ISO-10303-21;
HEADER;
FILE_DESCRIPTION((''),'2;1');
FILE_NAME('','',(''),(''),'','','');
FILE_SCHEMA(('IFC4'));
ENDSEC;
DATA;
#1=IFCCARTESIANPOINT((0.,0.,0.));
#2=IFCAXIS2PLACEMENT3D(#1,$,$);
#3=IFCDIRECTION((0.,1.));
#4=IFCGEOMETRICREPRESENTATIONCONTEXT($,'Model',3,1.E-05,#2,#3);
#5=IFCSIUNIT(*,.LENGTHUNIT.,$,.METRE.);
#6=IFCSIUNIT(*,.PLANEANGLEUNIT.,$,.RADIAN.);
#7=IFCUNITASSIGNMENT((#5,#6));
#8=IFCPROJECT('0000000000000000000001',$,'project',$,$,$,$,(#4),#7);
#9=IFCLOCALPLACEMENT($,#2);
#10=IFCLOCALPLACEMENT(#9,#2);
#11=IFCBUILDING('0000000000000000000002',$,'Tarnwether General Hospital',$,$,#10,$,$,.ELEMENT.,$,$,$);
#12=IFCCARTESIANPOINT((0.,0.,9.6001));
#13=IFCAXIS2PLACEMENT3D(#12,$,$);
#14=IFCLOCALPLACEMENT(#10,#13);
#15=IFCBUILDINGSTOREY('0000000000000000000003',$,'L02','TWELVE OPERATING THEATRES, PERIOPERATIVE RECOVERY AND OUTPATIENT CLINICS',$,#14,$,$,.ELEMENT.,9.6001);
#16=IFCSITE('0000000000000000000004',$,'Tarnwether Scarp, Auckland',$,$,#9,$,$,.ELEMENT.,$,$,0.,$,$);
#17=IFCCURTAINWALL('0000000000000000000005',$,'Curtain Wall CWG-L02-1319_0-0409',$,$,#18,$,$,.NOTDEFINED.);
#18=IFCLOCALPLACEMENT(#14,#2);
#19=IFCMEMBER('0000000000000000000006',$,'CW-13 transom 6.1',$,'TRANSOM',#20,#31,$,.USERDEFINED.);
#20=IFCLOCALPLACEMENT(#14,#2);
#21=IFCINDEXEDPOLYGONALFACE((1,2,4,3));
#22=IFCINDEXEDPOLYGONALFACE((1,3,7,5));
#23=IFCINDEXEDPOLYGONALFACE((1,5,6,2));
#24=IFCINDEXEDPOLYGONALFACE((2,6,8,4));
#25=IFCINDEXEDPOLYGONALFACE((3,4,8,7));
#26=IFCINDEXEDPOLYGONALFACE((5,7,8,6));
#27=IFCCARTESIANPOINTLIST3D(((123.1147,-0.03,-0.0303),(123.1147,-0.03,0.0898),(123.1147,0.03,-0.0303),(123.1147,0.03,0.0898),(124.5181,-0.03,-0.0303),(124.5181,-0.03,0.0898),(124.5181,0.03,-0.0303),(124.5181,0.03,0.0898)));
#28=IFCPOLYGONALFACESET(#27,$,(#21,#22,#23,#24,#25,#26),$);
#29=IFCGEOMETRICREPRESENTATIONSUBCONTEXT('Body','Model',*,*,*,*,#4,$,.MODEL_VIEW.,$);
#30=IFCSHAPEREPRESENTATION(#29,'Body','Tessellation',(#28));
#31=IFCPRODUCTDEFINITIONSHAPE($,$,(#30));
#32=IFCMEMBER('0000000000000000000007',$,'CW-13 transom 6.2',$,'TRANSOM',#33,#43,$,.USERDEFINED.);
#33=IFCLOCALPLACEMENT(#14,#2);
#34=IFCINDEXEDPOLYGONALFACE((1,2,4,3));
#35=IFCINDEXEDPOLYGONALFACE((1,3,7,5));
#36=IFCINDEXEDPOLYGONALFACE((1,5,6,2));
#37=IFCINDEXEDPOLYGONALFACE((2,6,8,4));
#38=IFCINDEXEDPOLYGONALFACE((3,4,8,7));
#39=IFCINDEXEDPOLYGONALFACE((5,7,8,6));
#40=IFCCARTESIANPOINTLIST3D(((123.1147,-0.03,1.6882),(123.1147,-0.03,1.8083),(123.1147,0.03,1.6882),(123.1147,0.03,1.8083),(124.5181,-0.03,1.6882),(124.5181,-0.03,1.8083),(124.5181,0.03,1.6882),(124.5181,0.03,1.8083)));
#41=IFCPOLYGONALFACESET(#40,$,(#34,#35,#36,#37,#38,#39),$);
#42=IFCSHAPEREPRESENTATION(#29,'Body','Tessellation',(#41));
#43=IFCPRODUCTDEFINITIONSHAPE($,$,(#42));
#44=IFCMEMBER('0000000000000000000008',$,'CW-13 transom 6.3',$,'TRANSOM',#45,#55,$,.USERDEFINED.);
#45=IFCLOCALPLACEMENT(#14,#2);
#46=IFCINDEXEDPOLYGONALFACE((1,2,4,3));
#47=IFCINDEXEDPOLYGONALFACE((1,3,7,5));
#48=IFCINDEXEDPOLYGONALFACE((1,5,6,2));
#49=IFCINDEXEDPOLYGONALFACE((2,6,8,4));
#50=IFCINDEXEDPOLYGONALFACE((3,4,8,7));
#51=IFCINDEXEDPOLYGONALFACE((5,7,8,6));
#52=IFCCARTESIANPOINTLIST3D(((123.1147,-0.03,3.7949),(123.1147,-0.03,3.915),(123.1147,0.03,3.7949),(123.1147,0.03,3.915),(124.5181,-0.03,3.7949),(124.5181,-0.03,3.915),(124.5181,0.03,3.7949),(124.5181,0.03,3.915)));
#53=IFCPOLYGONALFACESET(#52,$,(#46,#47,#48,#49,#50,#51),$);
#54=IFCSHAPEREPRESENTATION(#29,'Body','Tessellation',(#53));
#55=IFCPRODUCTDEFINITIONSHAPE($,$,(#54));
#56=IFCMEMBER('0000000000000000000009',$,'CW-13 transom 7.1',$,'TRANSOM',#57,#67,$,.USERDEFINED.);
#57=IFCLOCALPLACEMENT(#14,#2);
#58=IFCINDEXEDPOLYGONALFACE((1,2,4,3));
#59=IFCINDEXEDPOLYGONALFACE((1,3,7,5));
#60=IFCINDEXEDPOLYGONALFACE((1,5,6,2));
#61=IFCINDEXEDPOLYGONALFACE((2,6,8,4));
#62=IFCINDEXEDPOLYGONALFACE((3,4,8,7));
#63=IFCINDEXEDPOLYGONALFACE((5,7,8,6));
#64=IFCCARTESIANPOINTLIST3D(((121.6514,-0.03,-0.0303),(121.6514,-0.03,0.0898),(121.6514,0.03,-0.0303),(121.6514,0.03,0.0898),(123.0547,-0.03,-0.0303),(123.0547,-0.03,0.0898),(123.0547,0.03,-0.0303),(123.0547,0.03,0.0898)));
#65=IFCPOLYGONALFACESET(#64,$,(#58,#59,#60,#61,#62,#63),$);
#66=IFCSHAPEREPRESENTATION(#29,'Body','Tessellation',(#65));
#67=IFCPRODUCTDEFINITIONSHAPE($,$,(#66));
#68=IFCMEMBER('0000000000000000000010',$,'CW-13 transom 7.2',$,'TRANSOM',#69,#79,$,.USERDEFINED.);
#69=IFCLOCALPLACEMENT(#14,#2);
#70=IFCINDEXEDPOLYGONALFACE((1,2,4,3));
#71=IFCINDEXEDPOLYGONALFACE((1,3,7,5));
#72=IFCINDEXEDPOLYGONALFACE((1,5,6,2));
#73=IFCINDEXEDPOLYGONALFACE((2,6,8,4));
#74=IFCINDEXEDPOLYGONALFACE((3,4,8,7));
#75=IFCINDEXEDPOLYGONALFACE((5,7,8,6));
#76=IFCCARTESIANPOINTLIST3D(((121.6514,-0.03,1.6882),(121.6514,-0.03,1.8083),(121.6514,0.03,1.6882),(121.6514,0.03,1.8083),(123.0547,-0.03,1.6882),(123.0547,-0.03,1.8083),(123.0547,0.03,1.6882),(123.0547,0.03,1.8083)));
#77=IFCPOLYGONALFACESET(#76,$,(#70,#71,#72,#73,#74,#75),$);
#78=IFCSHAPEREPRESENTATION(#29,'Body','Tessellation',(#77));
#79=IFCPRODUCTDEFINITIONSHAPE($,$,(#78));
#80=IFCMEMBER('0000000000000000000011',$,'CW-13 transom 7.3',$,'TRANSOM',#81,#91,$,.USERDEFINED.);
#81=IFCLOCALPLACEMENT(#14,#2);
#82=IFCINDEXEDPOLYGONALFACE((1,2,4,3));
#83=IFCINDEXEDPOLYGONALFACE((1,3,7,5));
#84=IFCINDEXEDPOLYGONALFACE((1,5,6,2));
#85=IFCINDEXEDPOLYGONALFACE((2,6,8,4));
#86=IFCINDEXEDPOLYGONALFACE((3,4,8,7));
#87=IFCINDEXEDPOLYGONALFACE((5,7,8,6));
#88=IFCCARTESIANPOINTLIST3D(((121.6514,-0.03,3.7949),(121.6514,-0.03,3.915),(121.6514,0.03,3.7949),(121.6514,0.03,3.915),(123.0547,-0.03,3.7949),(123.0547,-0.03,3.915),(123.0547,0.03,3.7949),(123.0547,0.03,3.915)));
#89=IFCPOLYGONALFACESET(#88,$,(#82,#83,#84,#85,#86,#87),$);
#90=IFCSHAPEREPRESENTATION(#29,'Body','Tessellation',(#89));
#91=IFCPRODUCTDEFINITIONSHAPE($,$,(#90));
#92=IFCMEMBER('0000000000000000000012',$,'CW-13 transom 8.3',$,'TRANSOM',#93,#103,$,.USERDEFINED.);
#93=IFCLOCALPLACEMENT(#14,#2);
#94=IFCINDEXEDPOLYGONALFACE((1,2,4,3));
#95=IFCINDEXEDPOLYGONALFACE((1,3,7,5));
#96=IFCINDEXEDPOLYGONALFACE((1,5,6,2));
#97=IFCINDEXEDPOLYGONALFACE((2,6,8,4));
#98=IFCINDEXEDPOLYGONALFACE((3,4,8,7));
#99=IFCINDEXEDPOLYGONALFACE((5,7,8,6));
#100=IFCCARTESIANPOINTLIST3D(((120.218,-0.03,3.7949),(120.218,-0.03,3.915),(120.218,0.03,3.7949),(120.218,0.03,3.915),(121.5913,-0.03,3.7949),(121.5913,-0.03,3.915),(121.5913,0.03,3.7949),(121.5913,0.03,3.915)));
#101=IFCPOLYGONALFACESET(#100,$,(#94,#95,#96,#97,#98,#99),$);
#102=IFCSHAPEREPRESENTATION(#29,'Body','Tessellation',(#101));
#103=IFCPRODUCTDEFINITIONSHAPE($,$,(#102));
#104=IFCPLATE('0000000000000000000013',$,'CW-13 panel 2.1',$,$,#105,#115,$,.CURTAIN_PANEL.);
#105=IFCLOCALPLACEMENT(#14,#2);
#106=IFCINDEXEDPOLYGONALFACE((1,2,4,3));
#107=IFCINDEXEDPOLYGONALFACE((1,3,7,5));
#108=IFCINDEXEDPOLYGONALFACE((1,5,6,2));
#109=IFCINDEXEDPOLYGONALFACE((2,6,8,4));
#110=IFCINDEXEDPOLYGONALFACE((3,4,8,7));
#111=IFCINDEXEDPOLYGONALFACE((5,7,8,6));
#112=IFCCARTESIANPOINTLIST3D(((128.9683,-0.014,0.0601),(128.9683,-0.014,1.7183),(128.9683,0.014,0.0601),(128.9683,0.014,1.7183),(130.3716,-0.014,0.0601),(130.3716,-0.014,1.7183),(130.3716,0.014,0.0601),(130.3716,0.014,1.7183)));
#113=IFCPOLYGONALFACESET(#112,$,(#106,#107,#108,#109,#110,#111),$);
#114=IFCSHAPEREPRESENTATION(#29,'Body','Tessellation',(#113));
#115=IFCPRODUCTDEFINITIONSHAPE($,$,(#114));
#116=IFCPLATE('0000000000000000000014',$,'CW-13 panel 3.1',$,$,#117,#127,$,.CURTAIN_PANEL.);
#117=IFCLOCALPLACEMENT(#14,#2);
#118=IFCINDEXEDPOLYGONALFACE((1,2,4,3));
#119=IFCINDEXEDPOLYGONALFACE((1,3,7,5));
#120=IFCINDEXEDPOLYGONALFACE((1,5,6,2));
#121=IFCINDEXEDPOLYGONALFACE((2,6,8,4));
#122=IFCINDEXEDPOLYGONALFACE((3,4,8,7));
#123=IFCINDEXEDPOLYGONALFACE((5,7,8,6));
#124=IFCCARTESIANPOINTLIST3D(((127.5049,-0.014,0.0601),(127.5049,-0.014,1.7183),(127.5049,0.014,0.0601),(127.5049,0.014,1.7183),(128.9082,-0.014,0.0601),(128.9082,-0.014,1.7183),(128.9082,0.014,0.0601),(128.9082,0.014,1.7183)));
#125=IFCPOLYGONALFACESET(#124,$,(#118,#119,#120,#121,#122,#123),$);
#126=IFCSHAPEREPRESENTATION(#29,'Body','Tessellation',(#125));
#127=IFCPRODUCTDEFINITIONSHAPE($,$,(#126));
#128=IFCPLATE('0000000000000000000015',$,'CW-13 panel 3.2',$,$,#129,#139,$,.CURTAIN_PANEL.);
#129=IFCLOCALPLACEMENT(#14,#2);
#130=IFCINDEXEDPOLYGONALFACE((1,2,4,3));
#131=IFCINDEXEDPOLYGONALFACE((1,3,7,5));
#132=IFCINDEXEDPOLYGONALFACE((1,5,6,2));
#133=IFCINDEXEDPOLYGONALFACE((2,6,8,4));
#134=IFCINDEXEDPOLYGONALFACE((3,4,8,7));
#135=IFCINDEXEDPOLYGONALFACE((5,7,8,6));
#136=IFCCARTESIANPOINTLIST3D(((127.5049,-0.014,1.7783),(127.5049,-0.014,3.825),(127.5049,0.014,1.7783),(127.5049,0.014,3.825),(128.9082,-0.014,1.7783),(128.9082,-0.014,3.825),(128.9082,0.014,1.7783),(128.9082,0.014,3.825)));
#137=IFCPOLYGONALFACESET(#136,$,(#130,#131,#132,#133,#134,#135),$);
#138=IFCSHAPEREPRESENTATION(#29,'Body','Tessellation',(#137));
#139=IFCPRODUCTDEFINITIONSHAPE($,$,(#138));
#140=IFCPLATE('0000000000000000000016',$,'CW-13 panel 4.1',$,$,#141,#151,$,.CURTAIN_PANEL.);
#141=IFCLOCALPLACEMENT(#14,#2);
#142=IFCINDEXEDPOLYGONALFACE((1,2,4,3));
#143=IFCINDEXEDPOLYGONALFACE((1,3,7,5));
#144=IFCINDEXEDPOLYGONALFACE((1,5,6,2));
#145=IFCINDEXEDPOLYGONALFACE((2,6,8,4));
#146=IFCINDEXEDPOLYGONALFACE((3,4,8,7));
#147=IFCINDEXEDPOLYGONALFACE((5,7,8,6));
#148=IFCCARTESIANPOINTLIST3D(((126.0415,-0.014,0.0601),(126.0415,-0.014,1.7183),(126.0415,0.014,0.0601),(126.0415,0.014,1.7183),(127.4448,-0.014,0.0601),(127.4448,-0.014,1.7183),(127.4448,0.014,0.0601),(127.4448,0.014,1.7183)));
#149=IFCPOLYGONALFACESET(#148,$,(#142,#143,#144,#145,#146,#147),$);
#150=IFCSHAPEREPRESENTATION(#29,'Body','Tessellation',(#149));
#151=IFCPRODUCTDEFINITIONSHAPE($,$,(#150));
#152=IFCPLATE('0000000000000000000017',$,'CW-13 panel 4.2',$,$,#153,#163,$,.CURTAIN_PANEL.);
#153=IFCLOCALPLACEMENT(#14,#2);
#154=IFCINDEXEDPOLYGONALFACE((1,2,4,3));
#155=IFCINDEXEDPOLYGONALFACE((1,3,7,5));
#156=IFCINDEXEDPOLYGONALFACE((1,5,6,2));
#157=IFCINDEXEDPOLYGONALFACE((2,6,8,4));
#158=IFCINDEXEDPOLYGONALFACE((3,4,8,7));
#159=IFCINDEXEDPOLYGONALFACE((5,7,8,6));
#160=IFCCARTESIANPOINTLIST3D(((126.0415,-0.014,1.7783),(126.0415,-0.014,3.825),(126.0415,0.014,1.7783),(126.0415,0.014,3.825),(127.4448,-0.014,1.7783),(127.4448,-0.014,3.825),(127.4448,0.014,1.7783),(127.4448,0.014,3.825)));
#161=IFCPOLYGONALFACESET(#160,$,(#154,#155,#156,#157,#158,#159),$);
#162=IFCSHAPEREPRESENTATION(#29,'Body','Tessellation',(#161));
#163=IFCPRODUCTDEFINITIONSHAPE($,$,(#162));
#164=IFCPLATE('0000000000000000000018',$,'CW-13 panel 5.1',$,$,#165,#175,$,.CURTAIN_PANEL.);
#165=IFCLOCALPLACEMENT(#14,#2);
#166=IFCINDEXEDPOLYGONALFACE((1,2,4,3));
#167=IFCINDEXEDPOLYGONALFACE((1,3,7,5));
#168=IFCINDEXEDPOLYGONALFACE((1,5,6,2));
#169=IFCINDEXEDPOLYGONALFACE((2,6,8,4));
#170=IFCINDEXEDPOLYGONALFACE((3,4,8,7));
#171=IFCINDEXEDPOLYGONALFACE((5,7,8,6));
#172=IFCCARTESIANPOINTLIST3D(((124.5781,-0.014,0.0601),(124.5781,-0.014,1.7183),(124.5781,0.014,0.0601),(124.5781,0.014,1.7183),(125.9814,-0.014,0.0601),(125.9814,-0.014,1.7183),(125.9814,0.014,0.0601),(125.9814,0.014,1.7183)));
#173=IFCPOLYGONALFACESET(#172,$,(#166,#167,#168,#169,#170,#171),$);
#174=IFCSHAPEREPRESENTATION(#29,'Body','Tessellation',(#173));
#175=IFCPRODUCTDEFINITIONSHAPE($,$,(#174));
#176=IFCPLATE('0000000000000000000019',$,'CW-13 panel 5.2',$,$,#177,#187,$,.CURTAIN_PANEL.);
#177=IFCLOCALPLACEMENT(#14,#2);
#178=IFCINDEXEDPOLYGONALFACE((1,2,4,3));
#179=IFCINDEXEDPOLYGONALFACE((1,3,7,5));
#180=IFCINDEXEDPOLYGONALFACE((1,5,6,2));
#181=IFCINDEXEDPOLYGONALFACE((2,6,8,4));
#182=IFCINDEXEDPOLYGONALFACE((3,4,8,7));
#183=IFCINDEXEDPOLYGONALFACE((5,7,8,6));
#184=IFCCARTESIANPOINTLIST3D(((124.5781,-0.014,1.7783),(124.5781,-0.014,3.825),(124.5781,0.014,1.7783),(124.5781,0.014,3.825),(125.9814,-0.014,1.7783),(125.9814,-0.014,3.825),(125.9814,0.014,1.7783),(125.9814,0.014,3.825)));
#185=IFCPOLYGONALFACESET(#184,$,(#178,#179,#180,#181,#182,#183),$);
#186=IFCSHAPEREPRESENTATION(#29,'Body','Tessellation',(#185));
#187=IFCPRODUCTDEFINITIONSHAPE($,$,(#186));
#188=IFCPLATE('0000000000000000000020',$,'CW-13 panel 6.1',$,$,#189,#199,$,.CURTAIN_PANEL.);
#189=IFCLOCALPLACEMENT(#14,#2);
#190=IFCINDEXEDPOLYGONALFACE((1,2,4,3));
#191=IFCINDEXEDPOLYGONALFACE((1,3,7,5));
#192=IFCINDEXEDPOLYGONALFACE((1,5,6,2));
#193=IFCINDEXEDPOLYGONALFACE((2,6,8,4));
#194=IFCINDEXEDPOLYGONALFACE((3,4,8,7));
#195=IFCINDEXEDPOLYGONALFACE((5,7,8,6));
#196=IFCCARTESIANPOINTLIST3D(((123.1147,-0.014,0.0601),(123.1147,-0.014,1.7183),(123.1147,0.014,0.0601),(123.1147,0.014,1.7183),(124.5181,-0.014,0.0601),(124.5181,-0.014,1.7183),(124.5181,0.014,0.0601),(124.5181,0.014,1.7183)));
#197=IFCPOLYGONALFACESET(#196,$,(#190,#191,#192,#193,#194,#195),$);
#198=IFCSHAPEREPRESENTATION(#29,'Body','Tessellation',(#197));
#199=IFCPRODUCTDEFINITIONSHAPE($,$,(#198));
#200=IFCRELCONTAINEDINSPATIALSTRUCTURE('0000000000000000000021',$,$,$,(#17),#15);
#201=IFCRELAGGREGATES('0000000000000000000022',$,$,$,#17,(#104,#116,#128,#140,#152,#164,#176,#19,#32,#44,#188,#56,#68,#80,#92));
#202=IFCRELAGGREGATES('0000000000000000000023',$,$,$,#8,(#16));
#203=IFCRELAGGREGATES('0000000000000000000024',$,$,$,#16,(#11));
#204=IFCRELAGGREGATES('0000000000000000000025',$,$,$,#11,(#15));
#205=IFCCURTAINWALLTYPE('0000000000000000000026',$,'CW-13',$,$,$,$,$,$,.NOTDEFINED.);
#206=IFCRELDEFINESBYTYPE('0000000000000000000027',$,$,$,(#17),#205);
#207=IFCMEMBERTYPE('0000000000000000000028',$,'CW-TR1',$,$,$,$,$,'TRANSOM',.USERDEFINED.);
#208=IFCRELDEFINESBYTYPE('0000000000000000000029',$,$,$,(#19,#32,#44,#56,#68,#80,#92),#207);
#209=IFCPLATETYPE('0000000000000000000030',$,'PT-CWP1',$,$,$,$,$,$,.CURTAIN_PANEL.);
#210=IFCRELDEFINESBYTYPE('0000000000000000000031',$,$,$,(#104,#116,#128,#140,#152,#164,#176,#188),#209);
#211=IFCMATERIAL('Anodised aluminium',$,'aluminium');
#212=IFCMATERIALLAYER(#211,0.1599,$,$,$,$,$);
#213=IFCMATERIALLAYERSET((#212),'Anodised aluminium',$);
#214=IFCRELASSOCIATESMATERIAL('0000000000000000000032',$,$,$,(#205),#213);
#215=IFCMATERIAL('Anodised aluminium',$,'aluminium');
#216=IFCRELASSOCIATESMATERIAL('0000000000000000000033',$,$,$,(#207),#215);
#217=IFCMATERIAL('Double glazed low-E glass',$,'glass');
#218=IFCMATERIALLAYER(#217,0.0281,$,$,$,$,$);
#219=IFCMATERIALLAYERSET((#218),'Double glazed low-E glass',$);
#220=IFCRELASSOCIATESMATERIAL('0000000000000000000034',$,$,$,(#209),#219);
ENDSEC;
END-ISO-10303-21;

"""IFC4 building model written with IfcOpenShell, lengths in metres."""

from ifc_helpers import new_model, si_unit, direction, frame, origin, origin_2d, place, context, subcontext, project, spatial, rectangle, extrude, material, layer, layer_set, material_profile, profile_set, type_object, element, aggregate, save


model = new_model("IFC4")

# Units and contexts
model_context = context("Model", 3, precision=1e-05, world=origin(), true_north=direction((0.0, 1.0)))
body_context = subcontext(model_context, "Body", "Model", "MODEL_VIEW")
ifc_project = project(units=[si_unit("LENGTHUNIT", "METRE"), si_unit("PLANEANGLEUNIT", "RADIAN")], contexts=[model_context])

# Site, building, storey
site_placement = place(None, origin())
site = spatial("IfcSite", under=ifc_project, at=site_placement, Name="Tarnwether Scarp, Auckland", CompositionType="ELEMENT", RefElevation=0.0)
building_placement = place(site_placement, origin())
building = spatial("IfcBuilding", under=site, at=building_placement, Name="Tarnwether General Hospital", CompositionType="ELEMENT")
storey_placement = place(building_placement, frame((0.0, 0.0, 9.6001)))
storey = spatial("IfcBuildingStorey", under=building, at=storey_placement, Name="L02", Description="TWELVE OPERATING THEATRES, PERIOPERATIVE RECOVERY AND OUTPATIENT CLINICS", CompositionType="ELEMENT", Elevation=9.6001)

# Curtain wall, members, plates
ifc_material_1 = material(Name="Anodised aluminium", Category="aluminium")
ifc_layer_1 = layer(ifc_material_1, 0.1599)
ifc_layer_set_1 = layer_set([ifc_layer_1], Name="Anodised aluminium")
curtain_wall_type = type_object("IfcCurtainWallType", Name="CW-13", PredefinedType="NOTDEFINED", material=ifc_layer_set_1)
curtain_wall_placement = place(storey_placement, origin())
curtain_wall = element("IfcCurtainWall", 1, at=curtain_wall_placement, inside=storey, type_object=curtain_wall_type, Name="Curtain Wall CWG-L02-1319_0-0409", PredefinedType="NOTDEFINED")
ifc_material_2 = material(Name="Anodised aluminium", Category="aluminium")
ifc_material_profile_1 = material_profile(ifc_material_2, rectangle(XDim=0.0601, YDim=0.1201, at=origin_2d()), Name="ALU-TRN-60x120")
ifc_profile_set_1 = profile_set([ifc_material_profile_1], Name="Anodised aluminium")
member_type_1 = type_object("IfcMemberType", Name="CW-TR1", ElementType="TRANSOM", PredefinedType="USERDEFINED", material=ifc_profile_set_1)
member_1_placement = place(storey_placement, frame((124.5181, 0.0, 0.0298), z_axis=(-1.0, 0.0, 0.0), x_axis=(0.0, -1.0, 0.0)))
member_1 = element("IfcMember", 2, at=member_1_placement, type_object=member_type_1, Name="CW-13 transom 6.1", ObjectType="TRANSOM", PredefinedType="USERDEFINED", context=body_context, shape_type="SweptSolid", body=[
    extrude(rectangle(XDim=0.0601, YDim=0.1201, at=origin_2d()), origin(), (0.0, 0.0, 1.0), 1.4033),
])
member_2_placement = place(storey_placement, frame((124.5181, 0.0, 1.7483), z_axis=(-1.0, 0.0, 0.0), x_axis=(0.0, -1.0, 0.0)))
member_2 = element("IfcMember", 3, at=member_2_placement, type_object=member_type_1, Name="CW-13 transom 6.2", ObjectType="TRANSOM", PredefinedType="USERDEFINED", context=body_context, shape_type="SweptSolid", body=[
    extrude(rectangle(XDim=0.0601, YDim=0.1201, at=origin_2d()), origin(), (0.0, 0.0, 1.0), 1.4033),
])
member_3_placement = place(storey_placement, frame((124.5181, 0.0, 3.855), z_axis=(-1.0, 0.0, 0.0), x_axis=(0.0, -1.0, 0.0)))
member_3 = element("IfcMember", 4, at=member_3_placement, type_object=member_type_1, Name="CW-13 transom 6.3", ObjectType="TRANSOM", PredefinedType="USERDEFINED", context=body_context, shape_type="SweptSolid", body=[
    extrude(rectangle(XDim=0.0601, YDim=0.1201, at=origin_2d()), origin(), (0.0, 0.0, 1.0), 1.4033),
])
member_4_placement = place(storey_placement, frame((123.0547, 0.0, 0.0298), z_axis=(-1.0, 0.0, 0.0), x_axis=(0.0, -1.0, 0.0)))
member_4 = element("IfcMember", 5, at=member_4_placement, type_object=member_type_1, Name="CW-13 transom 7.1", ObjectType="TRANSOM", PredefinedType="USERDEFINED", context=body_context, shape_type="SweptSolid", body=[
    extrude(rectangle(XDim=0.0601, YDim=0.1201, at=origin_2d()), origin(), (0.0, 0.0, 1.0), 1.4033),
])
member_5_placement = place(storey_placement, frame((123.0547, 0.0, 1.7483), z_axis=(-1.0, 0.0, 0.0), x_axis=(0.0, -1.0, 0.0)))
member_5 = element("IfcMember", 6, at=member_5_placement, type_object=member_type_1, Name="CW-13 transom 7.2", ObjectType="TRANSOM", PredefinedType="USERDEFINED", context=body_context, shape_type="SweptSolid", body=[
    extrude(rectangle(XDim=0.0601, YDim=0.1201, at=origin_2d()), origin(), (0.0, 0.0, 1.0), 1.4033),
])
member_6_placement = place(storey_placement, frame((123.0547, 0.0, 3.855), z_axis=(-1.0, 0.0, 0.0), x_axis=(0.0, -1.0, 0.0)))
member_6 = element("IfcMember", 7, at=member_6_placement, type_object=member_type_1, Name="CW-13 transom 7.3", ObjectType="TRANSOM", PredefinedType="USERDEFINED", context=body_context, shape_type="SweptSolid", body=[
    extrude(rectangle(XDim=0.0601, YDim=0.1201, at=origin_2d()), origin(), (0.0, 0.0, 1.0), 1.4033),
])
member_7_placement = place(storey_placement, frame((121.5913, 0.0, 3.855), z_axis=(-1.0, 0.0, 0.0), x_axis=(0.0, -1.0, 0.0)))
member_7 = element("IfcMember", 8, at=member_7_placement, type_object=member_type_1, Name="CW-13 transom 8.3", ObjectType="TRANSOM", PredefinedType="USERDEFINED", context=body_context, shape_type="SweptSolid", body=[
    extrude(rectangle(XDim=0.0601, YDim=0.1201, at=origin_2d()), origin(), (0.0, 0.0, 1.0), 1.3733),
])
ifc_material_3 = material(Name="Double glazed low-E glass", Category="glass")
ifc_layer_2 = layer(ifc_material_3, 0.0281)
ifc_layer_set_2 = layer_set([ifc_layer_2], Name="Double glazed low-E glass")
plate_type = type_object("IfcPlateType", Name="PT-CWP1", PredefinedType="CURTAIN_PANEL", material=ifc_layer_set_2)
plate_1_placement = place(storey_placement, frame((129.6699, 0.0, 0.0601), z_axis=(0.0, 0.0, 1.0), x_axis=(-1.0, 0.0, 0.0)))
plate_1 = element("IfcPlate", 9, at=plate_1_placement, type_object=plate_type, Name="CW-13 panel 2.1", PredefinedType="CURTAIN_PANEL", context=body_context, shape_type="SweptSolid", body=[
    extrude(rectangle(XDim=1.4033, YDim=0.0281, at=origin_2d()), origin(), (0.0, 0.0, 1.0), 1.6582),
])
plate_2_placement = place(storey_placement, frame((128.2065, 0.0, 0.0601), z_axis=(0.0, 0.0, 1.0), x_axis=(-1.0, 0.0, 0.0)))
plate_2 = element("IfcPlate", 10, at=plate_2_placement, type_object=plate_type, Name="CW-13 panel 3.1", PredefinedType="CURTAIN_PANEL", context=body_context, shape_type="SweptSolid", body=[
    extrude(rectangle(XDim=1.4033, YDim=0.0281, at=origin_2d()), origin(), (0.0, 0.0, 1.0), 1.6582),
])
plate_3_placement = place(storey_placement, frame((128.2065, 0.0, 1.7783), z_axis=(0.0, 0.0, 1.0), x_axis=(-1.0, 0.0, 0.0)))
plate_3 = element("IfcPlate", 11, at=plate_3_placement, type_object=plate_type, Name="CW-13 panel 3.2", PredefinedType="CURTAIN_PANEL", context=body_context, shape_type="SweptSolid", body=[
    extrude(rectangle(XDim=1.4033, YDim=0.0281, at=origin_2d()), origin(), (0.0, 0.0, 1.0), 2.0466),
])
plate_4_placement = place(storey_placement, frame((126.7432, 0.0, 0.0601), z_axis=(0.0, 0.0, 1.0), x_axis=(-1.0, 0.0, 0.0)))
plate_4 = element("IfcPlate", 12, at=plate_4_placement, type_object=plate_type, Name="CW-13 panel 4.1", PredefinedType="CURTAIN_PANEL", context=body_context, shape_type="SweptSolid", body=[
    extrude(rectangle(XDim=1.4033, YDim=0.0281, at=origin_2d()), origin(), (0.0, 0.0, 1.0), 1.6582),
])
plate_5_placement = place(storey_placement, frame((126.7432, 0.0, 1.7783), z_axis=(0.0, 0.0, 1.0), x_axis=(-1.0, 0.0, 0.0)))
plate_5 = element("IfcPlate", 13, at=plate_5_placement, type_object=plate_type, Name="CW-13 panel 4.2", PredefinedType="CURTAIN_PANEL", context=body_context, shape_type="SweptSolid", body=[
    extrude(rectangle(XDim=1.4033, YDim=0.0281, at=origin_2d()), origin(), (0.0, 0.0, 1.0), 2.0466),
])
plate_6_placement = place(storey_placement, frame((125.2798, 0.0, 0.0601), z_axis=(0.0, 0.0, 1.0), x_axis=(-1.0, 0.0, 0.0)))
plate_6 = element("IfcPlate", 14, at=plate_6_placement, type_object=plate_type, Name="CW-13 panel 5.1", PredefinedType="CURTAIN_PANEL", context=body_context, shape_type="SweptSolid", body=[
    extrude(rectangle(XDim=1.4033, YDim=0.0281, at=origin_2d()), origin(), (0.0, 0.0, 1.0), 1.6582),
])
plate_7_placement = place(storey_placement, frame((125.2798, 0.0, 1.7783), z_axis=(0.0, 0.0, 1.0), x_axis=(-1.0, 0.0, 0.0)))
plate_7 = element("IfcPlate", 15, at=plate_7_placement, type_object=plate_type, Name="CW-13 panel 5.2", PredefinedType="CURTAIN_PANEL", context=body_context, shape_type="SweptSolid", body=[
    extrude(rectangle(XDim=1.4033, YDim=0.0281, at=origin_2d()), origin(), (0.0, 0.0, 1.0), 2.0466),
])
plate_8_placement = place(storey_placement, frame((123.8164, 0.0, 0.0601), z_axis=(0.0, 0.0, 1.0), x_axis=(-1.0, 0.0, 0.0)))
plate_8 = element("IfcPlate", 16, at=plate_8_placement, type_object=plate_type, Name="CW-13 panel 6.1", PredefinedType="CURTAIN_PANEL", context=body_context, shape_type="SweptSolid", body=[
    extrude(rectangle(XDim=1.4033, YDim=0.0281, at=origin_2d()), origin(), (0.0, 0.0, 1.0), 1.6582),
])
aggregate(curtain_wall, [plate_1, plate_2, plate_3, plate_4, plate_5, plate_6, plate_7, member_1, member_2, member_3, plate_8, member_4, member_5, member_6, member_7])

save(model, "model.ifc")
